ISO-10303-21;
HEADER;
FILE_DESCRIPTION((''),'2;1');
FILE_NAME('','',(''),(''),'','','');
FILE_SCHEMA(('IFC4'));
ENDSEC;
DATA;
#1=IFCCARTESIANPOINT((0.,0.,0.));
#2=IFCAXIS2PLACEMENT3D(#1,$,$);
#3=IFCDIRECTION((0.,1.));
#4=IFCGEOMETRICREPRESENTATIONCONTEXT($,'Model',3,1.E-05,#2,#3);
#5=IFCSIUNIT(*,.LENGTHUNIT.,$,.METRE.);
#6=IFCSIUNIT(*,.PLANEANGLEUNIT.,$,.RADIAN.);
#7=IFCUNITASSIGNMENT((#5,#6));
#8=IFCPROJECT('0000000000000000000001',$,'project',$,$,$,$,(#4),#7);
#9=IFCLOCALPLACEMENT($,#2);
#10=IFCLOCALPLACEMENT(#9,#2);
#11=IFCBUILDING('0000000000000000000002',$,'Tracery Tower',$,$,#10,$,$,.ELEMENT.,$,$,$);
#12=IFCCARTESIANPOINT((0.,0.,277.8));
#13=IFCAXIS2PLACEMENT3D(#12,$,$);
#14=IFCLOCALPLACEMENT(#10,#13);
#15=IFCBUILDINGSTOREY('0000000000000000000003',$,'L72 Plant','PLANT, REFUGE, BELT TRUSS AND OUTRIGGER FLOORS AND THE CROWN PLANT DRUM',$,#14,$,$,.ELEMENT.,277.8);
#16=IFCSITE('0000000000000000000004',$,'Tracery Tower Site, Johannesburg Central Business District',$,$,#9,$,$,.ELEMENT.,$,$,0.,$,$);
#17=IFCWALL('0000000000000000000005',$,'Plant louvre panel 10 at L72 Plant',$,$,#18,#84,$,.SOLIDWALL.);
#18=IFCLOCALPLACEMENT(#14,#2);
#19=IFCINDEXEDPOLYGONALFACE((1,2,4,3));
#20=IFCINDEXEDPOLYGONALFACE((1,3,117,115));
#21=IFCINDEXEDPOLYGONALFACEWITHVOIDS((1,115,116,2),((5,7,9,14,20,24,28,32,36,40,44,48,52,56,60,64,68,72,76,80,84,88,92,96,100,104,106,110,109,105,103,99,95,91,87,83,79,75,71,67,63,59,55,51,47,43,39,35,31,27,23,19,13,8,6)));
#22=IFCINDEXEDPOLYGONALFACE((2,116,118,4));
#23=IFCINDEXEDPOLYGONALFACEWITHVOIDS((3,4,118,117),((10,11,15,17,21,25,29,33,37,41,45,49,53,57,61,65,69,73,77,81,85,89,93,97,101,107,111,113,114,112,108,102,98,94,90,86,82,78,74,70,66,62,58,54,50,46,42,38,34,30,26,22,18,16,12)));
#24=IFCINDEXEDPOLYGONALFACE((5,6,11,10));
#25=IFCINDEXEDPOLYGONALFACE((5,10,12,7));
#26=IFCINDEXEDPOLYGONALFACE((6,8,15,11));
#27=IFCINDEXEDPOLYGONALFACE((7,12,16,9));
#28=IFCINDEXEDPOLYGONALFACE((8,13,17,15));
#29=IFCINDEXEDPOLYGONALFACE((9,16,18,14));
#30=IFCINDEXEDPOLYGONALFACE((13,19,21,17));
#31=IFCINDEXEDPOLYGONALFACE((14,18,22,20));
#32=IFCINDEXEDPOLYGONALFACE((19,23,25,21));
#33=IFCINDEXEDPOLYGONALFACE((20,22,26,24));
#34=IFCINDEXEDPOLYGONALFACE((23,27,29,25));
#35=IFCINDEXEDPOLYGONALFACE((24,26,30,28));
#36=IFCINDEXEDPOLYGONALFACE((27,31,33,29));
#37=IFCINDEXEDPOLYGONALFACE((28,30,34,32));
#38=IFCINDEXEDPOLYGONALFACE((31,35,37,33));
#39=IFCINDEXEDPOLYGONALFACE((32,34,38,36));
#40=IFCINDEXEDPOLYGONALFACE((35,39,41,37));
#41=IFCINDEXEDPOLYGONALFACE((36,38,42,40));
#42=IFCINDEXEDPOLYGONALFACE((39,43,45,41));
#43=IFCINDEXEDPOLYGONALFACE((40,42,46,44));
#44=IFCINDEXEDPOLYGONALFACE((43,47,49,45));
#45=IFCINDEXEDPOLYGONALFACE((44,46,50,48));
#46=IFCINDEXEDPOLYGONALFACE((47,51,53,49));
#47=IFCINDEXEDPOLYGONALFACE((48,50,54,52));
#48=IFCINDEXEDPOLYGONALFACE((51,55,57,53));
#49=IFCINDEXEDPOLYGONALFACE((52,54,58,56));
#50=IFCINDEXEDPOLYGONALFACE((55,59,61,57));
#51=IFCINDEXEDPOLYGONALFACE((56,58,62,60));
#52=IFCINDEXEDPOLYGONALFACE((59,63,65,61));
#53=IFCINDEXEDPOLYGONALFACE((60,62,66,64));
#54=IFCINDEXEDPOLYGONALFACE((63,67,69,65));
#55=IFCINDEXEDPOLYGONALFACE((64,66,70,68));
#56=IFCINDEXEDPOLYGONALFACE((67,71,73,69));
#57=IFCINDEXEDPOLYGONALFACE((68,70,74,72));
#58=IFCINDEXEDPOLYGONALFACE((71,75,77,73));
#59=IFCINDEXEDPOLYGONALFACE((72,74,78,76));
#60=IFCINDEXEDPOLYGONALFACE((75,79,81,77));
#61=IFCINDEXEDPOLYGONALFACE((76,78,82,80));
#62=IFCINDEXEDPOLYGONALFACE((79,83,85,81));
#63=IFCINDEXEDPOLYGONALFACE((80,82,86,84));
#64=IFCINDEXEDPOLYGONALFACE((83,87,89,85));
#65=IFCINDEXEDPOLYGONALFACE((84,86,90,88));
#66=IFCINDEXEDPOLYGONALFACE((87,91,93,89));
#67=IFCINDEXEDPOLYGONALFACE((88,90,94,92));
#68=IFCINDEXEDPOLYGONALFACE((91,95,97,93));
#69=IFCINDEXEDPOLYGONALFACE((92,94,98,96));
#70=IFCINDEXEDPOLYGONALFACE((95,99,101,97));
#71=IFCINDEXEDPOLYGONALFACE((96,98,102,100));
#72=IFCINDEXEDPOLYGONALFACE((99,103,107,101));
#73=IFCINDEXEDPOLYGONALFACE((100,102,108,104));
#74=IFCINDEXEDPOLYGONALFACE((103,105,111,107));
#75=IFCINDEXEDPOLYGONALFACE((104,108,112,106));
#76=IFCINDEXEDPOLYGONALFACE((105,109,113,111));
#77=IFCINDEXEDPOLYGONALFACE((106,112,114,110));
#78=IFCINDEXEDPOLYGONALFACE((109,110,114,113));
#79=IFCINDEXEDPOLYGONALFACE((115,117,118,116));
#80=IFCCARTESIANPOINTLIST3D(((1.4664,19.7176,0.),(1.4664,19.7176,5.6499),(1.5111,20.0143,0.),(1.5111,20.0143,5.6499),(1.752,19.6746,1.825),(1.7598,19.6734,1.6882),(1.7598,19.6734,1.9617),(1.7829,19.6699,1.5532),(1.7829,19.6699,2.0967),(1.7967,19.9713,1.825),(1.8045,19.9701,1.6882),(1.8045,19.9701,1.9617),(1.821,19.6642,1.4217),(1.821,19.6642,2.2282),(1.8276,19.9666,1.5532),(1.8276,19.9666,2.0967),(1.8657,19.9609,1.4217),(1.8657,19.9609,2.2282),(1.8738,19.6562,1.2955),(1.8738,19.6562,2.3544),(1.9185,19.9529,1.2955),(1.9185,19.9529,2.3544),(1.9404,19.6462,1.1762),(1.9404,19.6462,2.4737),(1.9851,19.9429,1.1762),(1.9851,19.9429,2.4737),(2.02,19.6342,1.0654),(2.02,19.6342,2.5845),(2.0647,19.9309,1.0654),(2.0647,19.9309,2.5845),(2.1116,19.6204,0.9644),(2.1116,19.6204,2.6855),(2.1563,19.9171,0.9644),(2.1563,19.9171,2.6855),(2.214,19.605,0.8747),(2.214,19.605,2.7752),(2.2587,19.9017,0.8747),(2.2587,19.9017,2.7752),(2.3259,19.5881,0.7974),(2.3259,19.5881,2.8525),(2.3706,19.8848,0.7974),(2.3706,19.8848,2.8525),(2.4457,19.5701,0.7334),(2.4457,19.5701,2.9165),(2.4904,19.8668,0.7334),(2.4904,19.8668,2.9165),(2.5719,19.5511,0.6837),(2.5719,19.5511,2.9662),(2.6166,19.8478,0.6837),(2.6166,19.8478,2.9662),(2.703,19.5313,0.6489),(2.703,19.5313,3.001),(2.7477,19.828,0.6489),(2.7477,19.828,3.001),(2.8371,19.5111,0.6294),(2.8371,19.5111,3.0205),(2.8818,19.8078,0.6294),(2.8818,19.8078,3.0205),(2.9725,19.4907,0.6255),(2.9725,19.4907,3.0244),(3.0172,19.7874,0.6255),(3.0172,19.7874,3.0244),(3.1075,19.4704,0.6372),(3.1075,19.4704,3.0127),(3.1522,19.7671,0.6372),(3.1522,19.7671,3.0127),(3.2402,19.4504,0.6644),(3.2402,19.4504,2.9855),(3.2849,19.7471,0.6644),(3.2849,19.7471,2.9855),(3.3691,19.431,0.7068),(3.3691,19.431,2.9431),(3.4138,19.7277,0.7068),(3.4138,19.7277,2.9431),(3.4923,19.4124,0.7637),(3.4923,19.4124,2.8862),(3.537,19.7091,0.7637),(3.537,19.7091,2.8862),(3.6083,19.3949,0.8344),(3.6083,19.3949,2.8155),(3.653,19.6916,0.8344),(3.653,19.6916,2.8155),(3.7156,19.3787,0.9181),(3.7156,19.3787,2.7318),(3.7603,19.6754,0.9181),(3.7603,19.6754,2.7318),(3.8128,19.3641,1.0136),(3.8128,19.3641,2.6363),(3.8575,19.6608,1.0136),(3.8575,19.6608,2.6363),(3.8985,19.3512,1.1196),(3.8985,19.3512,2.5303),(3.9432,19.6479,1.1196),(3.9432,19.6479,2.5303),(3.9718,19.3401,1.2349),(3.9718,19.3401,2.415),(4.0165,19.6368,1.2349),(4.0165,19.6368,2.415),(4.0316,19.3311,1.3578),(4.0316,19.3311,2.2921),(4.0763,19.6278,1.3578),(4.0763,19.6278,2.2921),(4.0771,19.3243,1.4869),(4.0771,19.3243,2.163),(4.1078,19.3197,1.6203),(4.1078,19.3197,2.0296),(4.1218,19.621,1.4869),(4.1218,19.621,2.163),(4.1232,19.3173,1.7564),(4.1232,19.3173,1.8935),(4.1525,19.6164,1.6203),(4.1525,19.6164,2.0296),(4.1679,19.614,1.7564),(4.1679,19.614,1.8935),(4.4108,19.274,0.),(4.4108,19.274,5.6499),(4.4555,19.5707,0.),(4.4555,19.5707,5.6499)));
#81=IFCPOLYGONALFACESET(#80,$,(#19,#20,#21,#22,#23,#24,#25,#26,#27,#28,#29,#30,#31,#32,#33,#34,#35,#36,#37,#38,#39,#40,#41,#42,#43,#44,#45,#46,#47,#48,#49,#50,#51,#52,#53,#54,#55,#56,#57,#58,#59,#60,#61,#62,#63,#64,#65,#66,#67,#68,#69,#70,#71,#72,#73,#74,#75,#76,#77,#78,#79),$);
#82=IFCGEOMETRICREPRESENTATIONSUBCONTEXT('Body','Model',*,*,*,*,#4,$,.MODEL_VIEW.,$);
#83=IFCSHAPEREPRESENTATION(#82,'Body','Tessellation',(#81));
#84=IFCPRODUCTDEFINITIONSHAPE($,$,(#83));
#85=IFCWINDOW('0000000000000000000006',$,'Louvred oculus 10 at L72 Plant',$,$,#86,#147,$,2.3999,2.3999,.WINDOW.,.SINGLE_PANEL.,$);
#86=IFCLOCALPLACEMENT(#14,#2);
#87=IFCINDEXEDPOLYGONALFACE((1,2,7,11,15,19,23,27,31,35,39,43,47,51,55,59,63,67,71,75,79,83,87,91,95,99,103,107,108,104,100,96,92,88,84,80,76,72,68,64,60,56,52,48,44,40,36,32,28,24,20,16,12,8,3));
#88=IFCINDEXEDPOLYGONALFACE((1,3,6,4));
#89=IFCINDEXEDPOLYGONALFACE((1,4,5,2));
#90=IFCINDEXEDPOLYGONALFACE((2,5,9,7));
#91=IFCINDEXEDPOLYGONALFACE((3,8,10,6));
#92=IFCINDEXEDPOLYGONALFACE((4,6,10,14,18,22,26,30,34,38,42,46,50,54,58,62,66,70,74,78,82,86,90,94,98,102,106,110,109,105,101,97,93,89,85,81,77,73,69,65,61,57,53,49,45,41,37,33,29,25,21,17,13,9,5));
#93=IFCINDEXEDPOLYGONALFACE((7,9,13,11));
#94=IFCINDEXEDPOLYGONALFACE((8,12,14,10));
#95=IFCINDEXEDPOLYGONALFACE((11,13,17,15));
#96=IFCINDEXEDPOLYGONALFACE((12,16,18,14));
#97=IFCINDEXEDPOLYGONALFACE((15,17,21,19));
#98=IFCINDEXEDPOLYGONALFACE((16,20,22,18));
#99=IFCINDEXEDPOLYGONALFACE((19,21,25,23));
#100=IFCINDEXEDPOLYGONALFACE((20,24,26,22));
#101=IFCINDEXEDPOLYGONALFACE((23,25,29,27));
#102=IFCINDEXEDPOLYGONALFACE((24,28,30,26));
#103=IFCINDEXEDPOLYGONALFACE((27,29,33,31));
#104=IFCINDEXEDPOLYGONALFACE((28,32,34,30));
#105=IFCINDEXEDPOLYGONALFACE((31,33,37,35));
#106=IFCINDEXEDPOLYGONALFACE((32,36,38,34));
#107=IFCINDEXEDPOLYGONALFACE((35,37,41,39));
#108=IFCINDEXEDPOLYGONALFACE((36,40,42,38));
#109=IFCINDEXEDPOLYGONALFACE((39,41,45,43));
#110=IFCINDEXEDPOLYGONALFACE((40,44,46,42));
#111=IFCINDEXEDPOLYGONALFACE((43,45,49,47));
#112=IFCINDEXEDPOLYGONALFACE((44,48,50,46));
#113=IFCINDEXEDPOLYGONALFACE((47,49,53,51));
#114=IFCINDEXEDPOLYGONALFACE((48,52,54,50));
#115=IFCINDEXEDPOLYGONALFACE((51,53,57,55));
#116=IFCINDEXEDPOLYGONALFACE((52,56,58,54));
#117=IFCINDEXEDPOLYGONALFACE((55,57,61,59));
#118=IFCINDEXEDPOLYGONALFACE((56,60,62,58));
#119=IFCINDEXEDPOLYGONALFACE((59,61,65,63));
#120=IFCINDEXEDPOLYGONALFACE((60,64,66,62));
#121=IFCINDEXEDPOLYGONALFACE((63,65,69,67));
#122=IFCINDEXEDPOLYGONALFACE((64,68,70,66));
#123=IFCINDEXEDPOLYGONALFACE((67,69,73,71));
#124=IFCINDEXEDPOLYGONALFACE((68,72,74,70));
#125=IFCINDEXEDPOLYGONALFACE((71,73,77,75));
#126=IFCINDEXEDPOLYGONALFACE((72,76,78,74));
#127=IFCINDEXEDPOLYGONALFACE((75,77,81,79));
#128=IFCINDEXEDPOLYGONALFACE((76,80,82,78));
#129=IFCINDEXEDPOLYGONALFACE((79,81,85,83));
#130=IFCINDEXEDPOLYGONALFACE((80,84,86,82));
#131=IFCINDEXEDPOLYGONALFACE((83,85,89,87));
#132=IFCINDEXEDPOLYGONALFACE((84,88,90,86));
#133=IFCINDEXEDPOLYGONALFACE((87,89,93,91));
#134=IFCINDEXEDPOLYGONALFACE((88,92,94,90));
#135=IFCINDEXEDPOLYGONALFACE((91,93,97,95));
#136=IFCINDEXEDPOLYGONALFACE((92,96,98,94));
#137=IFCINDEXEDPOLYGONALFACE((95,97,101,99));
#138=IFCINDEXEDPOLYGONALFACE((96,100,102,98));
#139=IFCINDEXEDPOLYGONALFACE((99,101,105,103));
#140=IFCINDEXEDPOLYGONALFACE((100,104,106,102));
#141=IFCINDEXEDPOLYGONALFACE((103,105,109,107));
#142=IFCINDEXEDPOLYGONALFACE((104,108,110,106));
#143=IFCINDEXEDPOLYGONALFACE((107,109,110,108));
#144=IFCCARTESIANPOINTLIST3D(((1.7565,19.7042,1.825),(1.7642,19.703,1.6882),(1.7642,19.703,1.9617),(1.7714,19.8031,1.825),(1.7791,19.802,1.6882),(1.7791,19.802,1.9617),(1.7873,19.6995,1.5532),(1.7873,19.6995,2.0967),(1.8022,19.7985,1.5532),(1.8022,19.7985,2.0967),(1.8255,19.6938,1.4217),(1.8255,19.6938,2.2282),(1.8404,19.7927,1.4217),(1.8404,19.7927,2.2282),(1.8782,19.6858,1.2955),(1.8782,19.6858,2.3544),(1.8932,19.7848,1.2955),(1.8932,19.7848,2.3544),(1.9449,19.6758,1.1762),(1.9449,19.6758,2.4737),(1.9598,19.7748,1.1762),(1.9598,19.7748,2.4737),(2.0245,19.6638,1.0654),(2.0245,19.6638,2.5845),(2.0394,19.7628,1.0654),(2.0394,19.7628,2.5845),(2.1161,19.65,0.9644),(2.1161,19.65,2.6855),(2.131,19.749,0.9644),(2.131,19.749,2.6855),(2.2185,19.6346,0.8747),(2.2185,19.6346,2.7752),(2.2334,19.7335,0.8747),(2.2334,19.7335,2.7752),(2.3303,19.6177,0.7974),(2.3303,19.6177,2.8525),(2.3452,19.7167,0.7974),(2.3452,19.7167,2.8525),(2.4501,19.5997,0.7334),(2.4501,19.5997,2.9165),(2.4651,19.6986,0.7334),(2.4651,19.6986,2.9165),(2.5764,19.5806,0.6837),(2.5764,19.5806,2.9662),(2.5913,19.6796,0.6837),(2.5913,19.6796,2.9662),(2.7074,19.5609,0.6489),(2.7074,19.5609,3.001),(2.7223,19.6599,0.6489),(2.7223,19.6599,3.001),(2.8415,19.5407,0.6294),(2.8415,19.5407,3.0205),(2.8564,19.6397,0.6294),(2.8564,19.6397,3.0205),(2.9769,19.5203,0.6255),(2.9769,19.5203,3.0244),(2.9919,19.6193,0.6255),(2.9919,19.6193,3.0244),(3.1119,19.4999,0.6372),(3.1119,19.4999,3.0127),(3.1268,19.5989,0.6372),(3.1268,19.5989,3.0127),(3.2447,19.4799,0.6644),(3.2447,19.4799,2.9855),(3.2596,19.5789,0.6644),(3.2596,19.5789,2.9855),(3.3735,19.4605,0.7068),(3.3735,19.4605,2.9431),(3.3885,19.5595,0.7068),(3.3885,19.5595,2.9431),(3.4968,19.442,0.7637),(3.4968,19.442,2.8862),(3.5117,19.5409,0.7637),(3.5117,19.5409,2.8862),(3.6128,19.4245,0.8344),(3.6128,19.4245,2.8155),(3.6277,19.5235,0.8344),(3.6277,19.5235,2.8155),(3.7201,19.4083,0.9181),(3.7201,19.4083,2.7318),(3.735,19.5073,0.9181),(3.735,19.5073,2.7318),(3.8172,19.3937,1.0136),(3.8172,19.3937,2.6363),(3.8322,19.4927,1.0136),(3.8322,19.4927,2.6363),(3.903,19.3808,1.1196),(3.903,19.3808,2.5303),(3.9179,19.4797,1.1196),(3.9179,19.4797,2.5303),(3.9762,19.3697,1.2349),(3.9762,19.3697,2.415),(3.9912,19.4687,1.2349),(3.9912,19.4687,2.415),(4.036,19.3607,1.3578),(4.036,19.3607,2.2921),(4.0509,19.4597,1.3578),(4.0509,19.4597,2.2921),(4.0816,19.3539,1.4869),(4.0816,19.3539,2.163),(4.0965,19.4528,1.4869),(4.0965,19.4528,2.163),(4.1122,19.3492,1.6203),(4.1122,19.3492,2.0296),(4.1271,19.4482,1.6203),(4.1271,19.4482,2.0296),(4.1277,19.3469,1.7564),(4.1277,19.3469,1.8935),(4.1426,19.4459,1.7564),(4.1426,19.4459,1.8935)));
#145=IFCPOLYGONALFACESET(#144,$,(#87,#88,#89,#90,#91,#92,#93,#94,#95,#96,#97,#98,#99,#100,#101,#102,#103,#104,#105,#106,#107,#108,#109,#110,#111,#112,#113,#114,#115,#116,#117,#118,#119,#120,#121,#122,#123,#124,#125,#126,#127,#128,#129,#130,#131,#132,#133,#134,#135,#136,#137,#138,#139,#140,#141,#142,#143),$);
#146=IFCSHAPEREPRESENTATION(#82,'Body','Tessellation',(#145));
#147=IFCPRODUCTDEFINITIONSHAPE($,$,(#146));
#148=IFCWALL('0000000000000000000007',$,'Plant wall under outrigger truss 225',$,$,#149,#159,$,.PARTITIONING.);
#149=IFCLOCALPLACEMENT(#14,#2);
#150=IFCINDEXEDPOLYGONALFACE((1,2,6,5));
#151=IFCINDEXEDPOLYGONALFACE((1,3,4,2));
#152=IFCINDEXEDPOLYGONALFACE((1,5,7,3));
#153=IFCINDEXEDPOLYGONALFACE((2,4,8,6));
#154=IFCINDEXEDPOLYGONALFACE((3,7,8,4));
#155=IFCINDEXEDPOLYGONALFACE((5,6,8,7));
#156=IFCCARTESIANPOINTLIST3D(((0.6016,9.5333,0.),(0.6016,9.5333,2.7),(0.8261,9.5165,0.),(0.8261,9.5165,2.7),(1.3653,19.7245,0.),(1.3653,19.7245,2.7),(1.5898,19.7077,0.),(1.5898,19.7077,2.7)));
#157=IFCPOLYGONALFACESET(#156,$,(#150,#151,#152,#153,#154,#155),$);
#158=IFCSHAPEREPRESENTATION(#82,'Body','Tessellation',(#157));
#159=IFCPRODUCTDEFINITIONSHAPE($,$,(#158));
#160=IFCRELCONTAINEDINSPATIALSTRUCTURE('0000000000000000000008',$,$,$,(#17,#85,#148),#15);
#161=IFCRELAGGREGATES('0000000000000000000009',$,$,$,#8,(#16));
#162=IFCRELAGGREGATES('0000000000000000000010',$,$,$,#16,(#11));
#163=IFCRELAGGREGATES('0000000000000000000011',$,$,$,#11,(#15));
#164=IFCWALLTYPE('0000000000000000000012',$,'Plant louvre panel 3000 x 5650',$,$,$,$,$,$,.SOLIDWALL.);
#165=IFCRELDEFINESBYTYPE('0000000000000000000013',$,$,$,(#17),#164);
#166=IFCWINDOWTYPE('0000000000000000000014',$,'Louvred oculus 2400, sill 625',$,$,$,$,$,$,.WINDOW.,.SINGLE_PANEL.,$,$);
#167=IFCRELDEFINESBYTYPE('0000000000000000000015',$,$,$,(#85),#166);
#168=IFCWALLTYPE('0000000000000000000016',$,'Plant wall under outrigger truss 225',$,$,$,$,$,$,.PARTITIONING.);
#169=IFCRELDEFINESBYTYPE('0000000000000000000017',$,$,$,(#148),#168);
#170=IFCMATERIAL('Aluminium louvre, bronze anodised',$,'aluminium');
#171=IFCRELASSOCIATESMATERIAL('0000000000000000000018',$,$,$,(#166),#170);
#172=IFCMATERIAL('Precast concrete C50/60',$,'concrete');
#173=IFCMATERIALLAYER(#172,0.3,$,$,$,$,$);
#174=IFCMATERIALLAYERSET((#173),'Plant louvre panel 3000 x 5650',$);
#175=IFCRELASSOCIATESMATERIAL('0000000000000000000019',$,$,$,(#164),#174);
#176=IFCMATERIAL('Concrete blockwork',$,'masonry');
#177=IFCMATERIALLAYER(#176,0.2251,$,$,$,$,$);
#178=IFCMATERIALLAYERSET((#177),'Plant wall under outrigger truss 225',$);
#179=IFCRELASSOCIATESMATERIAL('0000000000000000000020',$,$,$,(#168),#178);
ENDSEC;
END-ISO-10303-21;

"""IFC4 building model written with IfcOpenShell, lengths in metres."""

from ifc_helpers import new_model, si_unit, direction, frame, frame_2d, origin, origin_2d, place, context, subcontext, project, spatial, rectangle, circle, extrude, material, layer, layer_set, type_object, element, fill, save


model = new_model("IFC4")

# Units and contexts
model_context = context("Model", 3, precision=1e-05, world=origin(), true_north=direction((0.0, 1.0)))
body_context = subcontext(model_context, "Body", "Model", "MODEL_VIEW")
ifc_project = project(units=[si_unit("LENGTHUNIT", "METRE"), si_unit("PLANEANGLEUNIT", "RADIAN")], contexts=[model_context])

# Site, building, storey
site_placement = place(None, origin())
site = spatial("IfcSite", under=ifc_project, at=site_placement, Name="Tracery Tower Site, Johannesburg Central Business District", CompositionType="ELEMENT", RefElevation=0.0)
building_placement = place(site_placement, origin())
building = spatial("IfcBuilding", under=site, at=building_placement, Name="Tracery Tower", CompositionType="ELEMENT")
storey_placement = place(building_placement, frame((0.0, 0.0, 277.8)))
storey = spatial("IfcBuildingStorey", under=building, at=storey_placement, Name="L72 Plant", Description="PLANT, REFUGE, BELT TRUSS AND OUTRIGGER FLOORS AND THE CROWN PLANT DRUM", CompositionType="ELEMENT", Elevation=277.8)

# Wall, opening, window
ifc_material_1 = material(Name="Aluminium louvre, bronze anodised", Category="aluminium")
window_type = type_object("IfcWindowType", Name="Louvred oculus 2400, sill 625", PartitioningType="SINGLE_PANEL", PredefinedType="WINDOW", material=ifc_material_1)
ifc_material_2 = material(Name="Precast concrete C50/60", Category="concrete")
ifc_layer_1 = layer(ifc_material_2, 0.3)
ifc_layer_set_1 = layer_set([ifc_layer_1], Name="Plant louvre panel 3000 x 5650")
wall_type_1 = type_object("IfcWallType", Name="Plant louvre panel 3000 x 5650", PredefinedType="SOLIDWALL", material=ifc_layer_set_1)
wall_1_placement = place(storey_placement, frame((4.4331, 19.4224, 0.0), z_axis=(0.0, 0.0, 1.0), x_axis=(-0.98884, 0.148982, 0.0)))
wall_1 = element("IfcWall", 1, at=wall_1_placement, inside=storey, type_object=wall_type_1, Name="Plant louvre panel 10 at L72 Plant", PredefinedType="SOLIDWALL", context=body_context, shape_type="SweptSolid", body=[
    extrude(rectangle(XDim=2.9775, YDim=0.3, at=frame_2d((1.4888, 0.0))), origin(), (0.0, 0.0, 1.0), 5.6499),
])
opening_1_placement = place(wall_1_placement, frame((1.4888, 0.0, 1.825)))
opening_1 = element("IfcOpeningElement", 2, at=opening_1_placement, cuts=wall_1, PredefinedType="OPENING", context=body_context, shape_type="SweptSolid", body=[
    extrude(circle(Radius=1.2, at=origin_2d()), frame((0.0, 0.1599, 0.0), z_axis=(0.0, -1.0, 0.0), x_axis=(1.0, 0.0, 0.0)), (0.0, 0.0, 1.0), 0.3201),
])
window_1_placement = place(opening_1_placement, origin())
window_1 = element("IfcWindow", 3, at=window_1_placement, inside=storey, type_object=window_type, Name="Louvred oculus 10 at L72 Plant", OverallHeight=2.3999, OverallWidth=2.3999, PartitioningType="SINGLE_PANEL", PredefinedType="WINDOW", context=body_context, shape_type="SweptSolid", body=[
    extrude(circle(Radius=1.2, at=origin_2d()), frame((0.0, 0.1201, 0.0), z_axis=(0.0, -1.0, 0.0), x_axis=(1.0, 0.0, 0.0)), (0.0, 0.0, 1.0), 0.1001),
])
fill(opening_1, window_1)

# Wall
ifc_material_3 = material(Name="Concrete blockwork", Category="masonry")
ifc_layer_2 = layer(ifc_material_3, 0.2251)
ifc_layer_set_2 = layer_set([ifc_layer_2], Name="Plant wall under outrigger truss 225")
wall_type_2 = type_object("IfcWallType", Name="Plant wall under outrigger truss 225", PredefinedType="PARTITIONING", material=ifc_layer_set_2)
wall_2_placement = place(storey_placement, frame((1.4775, 19.7161, 0.0), z_axis=(0.0, 0.0, 1.0), x_axis=(-0.074725, -0.997204, 0.0)))
element("IfcWall", 4, at=wall_2_placement, inside=storey, type_object=wall_type_2, Name="Plant wall under outrigger truss 225", PredefinedType="PARTITIONING", context=body_context, shape_type="SweptSolid", body=[
    extrude(rectangle(XDim=10.2197, YDim=0.2251, at=frame_2d((5.1099, 0.0))), origin(), (0.0, 0.0, 1.0), 2.7),
])

save(model, "model.ifc")
